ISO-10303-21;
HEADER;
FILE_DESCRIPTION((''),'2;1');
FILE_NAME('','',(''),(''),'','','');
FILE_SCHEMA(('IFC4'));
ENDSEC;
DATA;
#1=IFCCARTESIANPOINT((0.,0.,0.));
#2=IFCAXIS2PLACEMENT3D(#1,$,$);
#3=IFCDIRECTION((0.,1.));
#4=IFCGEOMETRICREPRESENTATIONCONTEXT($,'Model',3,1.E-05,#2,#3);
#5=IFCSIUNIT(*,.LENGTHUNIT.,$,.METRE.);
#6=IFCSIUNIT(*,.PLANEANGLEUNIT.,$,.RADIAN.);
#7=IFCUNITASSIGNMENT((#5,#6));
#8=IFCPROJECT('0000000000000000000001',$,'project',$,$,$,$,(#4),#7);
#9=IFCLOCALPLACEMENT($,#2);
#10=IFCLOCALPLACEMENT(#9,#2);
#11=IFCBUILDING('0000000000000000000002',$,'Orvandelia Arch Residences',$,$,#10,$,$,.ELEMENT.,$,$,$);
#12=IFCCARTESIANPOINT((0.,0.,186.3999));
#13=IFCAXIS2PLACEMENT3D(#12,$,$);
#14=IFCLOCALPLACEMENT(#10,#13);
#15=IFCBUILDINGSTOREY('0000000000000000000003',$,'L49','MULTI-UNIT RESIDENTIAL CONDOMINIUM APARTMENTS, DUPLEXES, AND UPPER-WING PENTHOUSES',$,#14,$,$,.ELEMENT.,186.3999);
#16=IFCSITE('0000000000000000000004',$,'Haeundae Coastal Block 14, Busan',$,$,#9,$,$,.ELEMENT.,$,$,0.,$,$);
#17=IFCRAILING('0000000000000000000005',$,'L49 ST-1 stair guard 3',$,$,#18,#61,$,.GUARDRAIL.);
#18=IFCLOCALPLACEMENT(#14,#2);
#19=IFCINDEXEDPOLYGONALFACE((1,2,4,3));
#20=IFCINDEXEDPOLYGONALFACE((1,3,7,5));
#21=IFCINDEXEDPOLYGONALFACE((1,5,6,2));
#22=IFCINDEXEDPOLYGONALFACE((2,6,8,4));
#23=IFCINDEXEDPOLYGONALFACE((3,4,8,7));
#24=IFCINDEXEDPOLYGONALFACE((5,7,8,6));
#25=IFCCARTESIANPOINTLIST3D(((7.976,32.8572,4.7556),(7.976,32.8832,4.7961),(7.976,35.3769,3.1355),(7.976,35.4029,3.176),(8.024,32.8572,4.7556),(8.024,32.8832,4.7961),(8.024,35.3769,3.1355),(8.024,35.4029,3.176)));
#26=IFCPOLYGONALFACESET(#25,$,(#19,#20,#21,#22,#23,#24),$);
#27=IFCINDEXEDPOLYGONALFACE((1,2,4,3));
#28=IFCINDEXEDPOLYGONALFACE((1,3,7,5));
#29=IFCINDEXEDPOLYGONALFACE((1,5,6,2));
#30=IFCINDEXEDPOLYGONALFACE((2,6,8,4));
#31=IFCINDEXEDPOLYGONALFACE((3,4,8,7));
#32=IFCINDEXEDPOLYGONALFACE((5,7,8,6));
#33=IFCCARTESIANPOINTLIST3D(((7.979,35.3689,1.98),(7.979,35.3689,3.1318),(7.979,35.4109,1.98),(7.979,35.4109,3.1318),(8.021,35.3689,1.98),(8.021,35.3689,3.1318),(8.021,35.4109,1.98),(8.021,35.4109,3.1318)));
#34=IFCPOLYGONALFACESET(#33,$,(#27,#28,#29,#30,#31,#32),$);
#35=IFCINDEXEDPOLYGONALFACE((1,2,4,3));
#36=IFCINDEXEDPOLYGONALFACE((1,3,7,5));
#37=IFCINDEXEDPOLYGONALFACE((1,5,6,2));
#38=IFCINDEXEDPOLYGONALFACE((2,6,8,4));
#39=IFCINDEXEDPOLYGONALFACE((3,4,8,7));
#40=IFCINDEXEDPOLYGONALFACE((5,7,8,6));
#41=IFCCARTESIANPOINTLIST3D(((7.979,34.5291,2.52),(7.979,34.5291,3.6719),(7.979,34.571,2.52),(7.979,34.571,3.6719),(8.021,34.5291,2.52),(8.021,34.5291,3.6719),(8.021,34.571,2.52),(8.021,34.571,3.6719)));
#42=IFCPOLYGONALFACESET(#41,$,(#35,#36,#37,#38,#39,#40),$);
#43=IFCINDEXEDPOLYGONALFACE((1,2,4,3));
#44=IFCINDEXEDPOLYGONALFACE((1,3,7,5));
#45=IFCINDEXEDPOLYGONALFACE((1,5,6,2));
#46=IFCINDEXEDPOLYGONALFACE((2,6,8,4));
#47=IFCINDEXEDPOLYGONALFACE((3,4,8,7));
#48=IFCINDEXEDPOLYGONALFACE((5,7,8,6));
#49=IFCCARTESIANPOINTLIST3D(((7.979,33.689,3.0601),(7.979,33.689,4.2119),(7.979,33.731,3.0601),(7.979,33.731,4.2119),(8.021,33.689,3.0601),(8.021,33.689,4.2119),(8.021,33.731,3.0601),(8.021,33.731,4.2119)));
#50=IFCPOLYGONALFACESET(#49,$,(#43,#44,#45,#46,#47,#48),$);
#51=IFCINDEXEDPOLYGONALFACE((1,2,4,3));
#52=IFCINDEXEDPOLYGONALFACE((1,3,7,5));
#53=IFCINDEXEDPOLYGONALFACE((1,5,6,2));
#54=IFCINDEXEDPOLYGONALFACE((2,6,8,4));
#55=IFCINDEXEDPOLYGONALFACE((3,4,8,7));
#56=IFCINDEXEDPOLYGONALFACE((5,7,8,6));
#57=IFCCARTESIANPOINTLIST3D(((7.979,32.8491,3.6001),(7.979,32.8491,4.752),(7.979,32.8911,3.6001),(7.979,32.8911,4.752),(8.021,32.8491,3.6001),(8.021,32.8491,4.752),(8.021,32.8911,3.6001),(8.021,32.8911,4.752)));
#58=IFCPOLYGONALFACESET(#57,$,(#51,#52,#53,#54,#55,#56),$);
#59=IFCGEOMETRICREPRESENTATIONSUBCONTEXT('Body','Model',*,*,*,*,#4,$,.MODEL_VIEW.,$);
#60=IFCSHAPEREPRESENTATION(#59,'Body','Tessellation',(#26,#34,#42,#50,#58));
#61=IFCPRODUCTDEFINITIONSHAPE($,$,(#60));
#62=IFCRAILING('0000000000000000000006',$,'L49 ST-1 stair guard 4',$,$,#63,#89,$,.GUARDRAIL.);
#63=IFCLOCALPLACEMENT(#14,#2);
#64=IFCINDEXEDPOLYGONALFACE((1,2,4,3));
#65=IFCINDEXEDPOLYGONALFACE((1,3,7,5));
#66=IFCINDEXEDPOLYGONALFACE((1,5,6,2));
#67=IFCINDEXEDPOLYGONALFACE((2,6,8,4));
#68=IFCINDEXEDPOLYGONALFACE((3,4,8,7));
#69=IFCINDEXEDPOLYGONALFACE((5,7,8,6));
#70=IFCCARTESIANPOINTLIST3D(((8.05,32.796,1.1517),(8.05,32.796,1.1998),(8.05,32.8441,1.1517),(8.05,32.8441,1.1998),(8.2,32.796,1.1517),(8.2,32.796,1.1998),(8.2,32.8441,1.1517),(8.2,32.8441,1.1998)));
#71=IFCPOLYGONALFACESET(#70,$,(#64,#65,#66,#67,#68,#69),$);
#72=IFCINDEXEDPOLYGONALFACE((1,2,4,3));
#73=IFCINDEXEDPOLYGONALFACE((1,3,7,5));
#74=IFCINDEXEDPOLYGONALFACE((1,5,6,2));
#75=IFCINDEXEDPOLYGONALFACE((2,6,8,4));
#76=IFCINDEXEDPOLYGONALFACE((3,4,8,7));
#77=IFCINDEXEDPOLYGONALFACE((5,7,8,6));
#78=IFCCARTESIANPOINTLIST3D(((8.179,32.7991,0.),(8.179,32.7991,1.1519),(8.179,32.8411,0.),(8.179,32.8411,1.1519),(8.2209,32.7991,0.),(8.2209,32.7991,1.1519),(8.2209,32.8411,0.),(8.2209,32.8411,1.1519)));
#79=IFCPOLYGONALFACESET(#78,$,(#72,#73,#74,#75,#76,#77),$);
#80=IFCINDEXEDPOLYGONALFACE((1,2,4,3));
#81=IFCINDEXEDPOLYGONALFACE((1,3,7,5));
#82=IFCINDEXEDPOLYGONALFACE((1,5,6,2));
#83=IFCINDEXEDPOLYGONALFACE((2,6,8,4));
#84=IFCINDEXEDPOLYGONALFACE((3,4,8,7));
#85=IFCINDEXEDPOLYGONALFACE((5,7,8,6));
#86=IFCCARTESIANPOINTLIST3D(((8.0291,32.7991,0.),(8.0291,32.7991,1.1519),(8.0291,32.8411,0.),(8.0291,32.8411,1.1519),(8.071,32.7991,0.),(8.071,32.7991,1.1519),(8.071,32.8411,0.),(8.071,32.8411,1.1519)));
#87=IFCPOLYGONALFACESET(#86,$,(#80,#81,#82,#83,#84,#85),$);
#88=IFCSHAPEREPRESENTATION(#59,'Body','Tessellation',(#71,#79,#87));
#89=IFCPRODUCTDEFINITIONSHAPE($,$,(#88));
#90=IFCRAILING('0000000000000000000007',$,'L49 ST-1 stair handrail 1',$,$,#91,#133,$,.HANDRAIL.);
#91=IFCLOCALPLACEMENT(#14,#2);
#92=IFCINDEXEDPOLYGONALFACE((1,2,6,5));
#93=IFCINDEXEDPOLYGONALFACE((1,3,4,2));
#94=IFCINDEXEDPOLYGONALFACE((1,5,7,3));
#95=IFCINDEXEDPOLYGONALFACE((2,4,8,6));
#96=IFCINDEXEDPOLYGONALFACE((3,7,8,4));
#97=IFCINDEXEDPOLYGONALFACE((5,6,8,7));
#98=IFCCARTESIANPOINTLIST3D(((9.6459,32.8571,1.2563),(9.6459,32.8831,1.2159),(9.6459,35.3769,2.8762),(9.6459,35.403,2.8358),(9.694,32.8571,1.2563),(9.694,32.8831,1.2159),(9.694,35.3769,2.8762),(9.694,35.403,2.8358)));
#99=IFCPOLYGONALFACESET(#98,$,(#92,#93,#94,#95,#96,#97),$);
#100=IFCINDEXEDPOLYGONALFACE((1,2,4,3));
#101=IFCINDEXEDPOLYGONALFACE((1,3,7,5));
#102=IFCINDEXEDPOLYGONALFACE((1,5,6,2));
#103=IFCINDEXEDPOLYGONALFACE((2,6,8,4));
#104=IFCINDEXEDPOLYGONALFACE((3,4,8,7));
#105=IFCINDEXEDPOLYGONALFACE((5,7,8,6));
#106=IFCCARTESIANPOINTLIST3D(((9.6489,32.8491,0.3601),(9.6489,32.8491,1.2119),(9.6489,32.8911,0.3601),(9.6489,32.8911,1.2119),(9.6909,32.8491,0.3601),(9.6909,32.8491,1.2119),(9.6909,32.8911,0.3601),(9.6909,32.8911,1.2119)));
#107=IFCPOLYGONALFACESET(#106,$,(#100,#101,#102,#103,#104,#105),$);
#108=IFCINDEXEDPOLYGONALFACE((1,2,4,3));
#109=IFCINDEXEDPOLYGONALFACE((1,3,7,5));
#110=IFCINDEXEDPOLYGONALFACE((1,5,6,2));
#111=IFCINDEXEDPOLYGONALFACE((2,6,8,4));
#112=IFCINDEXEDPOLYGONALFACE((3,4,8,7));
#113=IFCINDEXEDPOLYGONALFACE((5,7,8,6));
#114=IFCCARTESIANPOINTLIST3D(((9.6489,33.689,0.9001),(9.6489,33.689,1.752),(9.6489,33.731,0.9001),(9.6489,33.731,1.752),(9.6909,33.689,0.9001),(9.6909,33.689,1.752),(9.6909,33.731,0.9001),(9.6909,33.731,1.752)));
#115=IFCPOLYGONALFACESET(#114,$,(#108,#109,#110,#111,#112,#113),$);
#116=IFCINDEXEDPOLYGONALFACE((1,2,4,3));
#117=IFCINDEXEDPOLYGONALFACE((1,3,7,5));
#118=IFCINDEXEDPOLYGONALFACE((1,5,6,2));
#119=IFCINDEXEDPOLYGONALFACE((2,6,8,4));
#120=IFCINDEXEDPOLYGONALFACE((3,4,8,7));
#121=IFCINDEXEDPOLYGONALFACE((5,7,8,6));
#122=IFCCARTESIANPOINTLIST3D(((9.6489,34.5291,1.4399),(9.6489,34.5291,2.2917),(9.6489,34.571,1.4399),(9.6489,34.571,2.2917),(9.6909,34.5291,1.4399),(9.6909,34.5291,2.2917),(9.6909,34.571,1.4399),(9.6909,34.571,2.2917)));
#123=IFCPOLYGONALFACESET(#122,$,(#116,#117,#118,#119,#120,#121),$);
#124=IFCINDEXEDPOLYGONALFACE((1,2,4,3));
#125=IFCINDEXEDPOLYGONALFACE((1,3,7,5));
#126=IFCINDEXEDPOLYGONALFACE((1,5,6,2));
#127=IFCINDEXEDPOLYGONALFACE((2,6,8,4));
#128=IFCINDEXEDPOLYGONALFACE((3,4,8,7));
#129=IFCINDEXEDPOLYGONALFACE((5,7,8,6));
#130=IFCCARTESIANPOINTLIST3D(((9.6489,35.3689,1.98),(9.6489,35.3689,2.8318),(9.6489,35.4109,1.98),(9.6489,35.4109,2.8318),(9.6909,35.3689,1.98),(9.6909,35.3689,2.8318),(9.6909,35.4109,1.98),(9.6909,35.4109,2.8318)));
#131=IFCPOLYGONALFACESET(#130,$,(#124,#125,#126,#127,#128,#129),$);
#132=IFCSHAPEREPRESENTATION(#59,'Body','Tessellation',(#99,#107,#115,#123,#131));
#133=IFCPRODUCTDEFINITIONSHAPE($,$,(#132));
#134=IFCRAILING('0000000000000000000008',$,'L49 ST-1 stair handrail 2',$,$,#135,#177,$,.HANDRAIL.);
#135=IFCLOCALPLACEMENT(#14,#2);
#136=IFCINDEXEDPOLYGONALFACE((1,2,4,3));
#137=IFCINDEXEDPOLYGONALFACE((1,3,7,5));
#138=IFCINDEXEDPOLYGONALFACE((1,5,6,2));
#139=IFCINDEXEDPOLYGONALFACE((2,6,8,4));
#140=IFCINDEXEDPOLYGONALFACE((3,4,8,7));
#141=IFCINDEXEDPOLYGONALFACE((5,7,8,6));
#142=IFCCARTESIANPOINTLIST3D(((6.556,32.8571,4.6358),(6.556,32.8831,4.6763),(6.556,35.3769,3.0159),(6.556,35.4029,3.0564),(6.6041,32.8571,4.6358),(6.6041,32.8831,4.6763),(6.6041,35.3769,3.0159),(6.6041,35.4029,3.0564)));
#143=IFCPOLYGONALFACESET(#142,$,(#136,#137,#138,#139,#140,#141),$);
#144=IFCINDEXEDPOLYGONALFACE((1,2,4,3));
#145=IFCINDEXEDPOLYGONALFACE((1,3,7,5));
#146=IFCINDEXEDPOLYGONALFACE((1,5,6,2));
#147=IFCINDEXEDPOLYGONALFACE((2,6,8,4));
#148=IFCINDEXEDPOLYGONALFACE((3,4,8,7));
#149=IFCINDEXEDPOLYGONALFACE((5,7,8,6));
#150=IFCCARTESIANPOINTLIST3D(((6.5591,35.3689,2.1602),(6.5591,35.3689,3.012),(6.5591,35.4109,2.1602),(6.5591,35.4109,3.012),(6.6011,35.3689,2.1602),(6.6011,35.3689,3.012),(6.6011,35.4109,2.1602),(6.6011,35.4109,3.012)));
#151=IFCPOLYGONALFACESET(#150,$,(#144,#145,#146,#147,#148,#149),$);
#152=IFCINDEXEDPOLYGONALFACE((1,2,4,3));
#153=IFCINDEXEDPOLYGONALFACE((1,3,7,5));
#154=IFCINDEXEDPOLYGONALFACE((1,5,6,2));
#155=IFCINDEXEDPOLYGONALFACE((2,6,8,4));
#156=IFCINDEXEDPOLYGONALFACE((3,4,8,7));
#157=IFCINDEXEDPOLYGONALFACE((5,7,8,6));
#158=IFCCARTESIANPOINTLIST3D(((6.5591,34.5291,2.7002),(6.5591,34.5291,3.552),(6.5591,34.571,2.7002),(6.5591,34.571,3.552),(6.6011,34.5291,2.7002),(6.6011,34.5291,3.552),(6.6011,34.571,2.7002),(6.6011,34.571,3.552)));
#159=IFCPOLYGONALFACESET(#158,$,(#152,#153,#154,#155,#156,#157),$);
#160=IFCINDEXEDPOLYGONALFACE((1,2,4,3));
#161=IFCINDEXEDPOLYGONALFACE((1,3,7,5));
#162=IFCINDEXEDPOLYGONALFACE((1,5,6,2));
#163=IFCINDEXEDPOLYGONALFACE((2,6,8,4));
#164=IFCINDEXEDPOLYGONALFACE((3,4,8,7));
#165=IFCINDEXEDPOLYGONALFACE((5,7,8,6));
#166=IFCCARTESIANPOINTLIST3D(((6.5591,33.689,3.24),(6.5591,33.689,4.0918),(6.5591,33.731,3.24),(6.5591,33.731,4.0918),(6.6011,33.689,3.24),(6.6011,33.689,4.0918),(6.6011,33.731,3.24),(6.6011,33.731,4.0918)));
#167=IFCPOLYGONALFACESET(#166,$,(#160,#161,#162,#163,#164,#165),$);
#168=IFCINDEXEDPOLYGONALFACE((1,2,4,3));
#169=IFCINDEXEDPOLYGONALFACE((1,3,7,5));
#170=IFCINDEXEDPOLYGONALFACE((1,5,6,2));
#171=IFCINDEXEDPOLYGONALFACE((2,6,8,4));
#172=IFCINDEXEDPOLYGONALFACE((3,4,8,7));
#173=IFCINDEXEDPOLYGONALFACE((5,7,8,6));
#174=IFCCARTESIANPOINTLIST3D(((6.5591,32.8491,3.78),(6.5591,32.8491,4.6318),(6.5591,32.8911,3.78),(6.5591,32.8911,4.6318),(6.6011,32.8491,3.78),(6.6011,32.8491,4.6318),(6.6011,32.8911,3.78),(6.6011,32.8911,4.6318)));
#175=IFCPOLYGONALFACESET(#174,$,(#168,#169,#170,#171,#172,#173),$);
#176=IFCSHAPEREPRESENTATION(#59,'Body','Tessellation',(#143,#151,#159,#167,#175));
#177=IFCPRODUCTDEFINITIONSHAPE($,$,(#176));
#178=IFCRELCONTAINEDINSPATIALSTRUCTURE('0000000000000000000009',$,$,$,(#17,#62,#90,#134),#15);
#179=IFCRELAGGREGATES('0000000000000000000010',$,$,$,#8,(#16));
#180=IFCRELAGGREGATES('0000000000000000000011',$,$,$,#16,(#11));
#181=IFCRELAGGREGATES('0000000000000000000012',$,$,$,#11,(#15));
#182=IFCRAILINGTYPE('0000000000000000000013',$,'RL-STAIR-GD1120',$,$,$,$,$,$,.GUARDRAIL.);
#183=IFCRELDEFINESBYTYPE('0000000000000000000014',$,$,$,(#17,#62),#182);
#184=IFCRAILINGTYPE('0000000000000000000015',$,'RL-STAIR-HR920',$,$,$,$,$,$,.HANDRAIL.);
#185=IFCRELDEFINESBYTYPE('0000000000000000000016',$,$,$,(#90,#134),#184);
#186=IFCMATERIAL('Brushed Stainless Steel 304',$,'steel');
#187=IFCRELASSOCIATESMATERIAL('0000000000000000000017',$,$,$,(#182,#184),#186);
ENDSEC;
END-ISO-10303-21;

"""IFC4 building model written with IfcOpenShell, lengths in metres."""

from ifc_helpers import new_model, si_unit, direction, frame, origin, origin_2d, place, context, subcontext, project, spatial, rectangle, extrude, material, type_object, element, save


model = new_model("IFC4")

# Units and contexts
model_context = context("Model", 3, precision=1e-05, world=origin(), true_north=direction((0.0, 1.0)))
body_context = subcontext(model_context, "Body", "Model", "MODEL_VIEW")
ifc_project = project(units=[si_unit("LENGTHUNIT", "METRE"), si_unit("PLANEANGLEUNIT", "RADIAN")], contexts=[model_context])

# Site, building, storey
site_placement = place(None, origin())
site = spatial("IfcSite", under=ifc_project, at=site_placement, Name="Haeundae Coastal Block 14, Busan", CompositionType="ELEMENT", RefElevation=0.0)
building_placement = place(site_placement, origin())
building = spatial("IfcBuilding", under=site, at=building_placement, Name="Orvandelia Arch Residences", CompositionType="ELEMENT")
storey_placement = place(building_placement, frame((0.0, 0.0, 186.3999)))
storey = spatial("IfcBuildingStorey", under=building, at=storey_placement, Name="L49", Description="MULTI-UNIT RESIDENTIAL CONDOMINIUM APARTMENTS, DUPLEXES, AND UPPER-WING PENTHOUSES", CompositionType="ELEMENT", Elevation=186.3999)

# Railings
ifc_material_1 = material(Name="Brushed Stainless Steel 304", Category="steel")
railing_type_1 = type_object("IfcRailingType", Name="RL-STAIR-GD1120", PredefinedType="GUARDRAIL", material=ifc_material_1)
railing_1_placement = place(storey_placement, frame((8.0, 35.3899, 1.98)))
element("IfcRailing", 1, at=railing_1_placement, inside=storey, type_object=railing_type_1, Name="L49 ST-1 stair guard 3", PredefinedType="GUARDRAIL", context=body_context, shape_type="SweptSolid", body=[
    extrude(rectangle(XDim=0.0481, YDim=0.0481, at=origin_2d()), frame((0.0, 0.0, 1.1758), z_axis=(0.0, -0.841139, 0.540819), x_axis=(1.0, 0.0, 0.0)), (0.0, 0.0, 1.0), 2.9956),
    extrude(rectangle(XDim=0.042, YDim=0.042, at=origin_2d()), origin(), (0.0, 0.0, 1.0), 1.1519),
    extrude(rectangle(XDim=0.042, YDim=0.042, at=origin_2d()), frame((0.0, -0.8398, 0.54)), (0.0, 0.0, 1.0), 1.1519),
    extrude(rectangle(XDim=0.042, YDim=0.042, at=origin_2d()), frame((0.0, -1.6799, 1.0801)), (0.0, 0.0, 1.0), 1.1519),
    extrude(rectangle(XDim=0.042, YDim=0.042, at=origin_2d()), frame((0.0, -2.5198, 1.6201)), (0.0, 0.0, 1.0), 1.1519),
])
railing_2_placement = place(storey_placement, frame((8.2, 32.8201, 0.0)))
element("IfcRailing", 2, at=railing_2_placement, inside=storey, type_object=railing_type_1, Name="L49 ST-1 stair guard 4", PredefinedType="GUARDRAIL", context=body_context, shape_type="SweptSolid", body=[
    extrude(rectangle(XDim=0.0481, YDim=0.0481, at=origin_2d()), frame((0.0, 0.0, 1.1758), z_axis=(-1.0, 0.0, 0.0), x_axis=(0.0, -1.0, 0.0)), (0.0, 0.0, 1.0), 0.1499),
    extrude(rectangle(XDim=0.042, YDim=0.042, at=origin_2d()), origin(), (0.0, 0.0, 1.0), 1.1519),
    extrude(rectangle(XDim=0.042, YDim=0.042, at=origin_2d()), frame((-0.1499, 0.0, 0.0)), (0.0, 0.0, 1.0), 1.1519),
])
railing_type_2 = type_object("IfcRailingType", Name="RL-STAIR-HR920", PredefinedType="HANDRAIL", material=ifc_material_1)
railing_3_placement = place(storey_placement, frame((9.6699, 32.8701, 0.3601)))
element("IfcRailing", 3, at=railing_3_placement, inside=storey, type_object=railing_type_2, Name="L49 ST-1 stair handrail 1", PredefinedType="HANDRAIL", context=body_context, shape_type="SweptSolid", body=[
    extrude(rectangle(XDim=0.0481, YDim=0.0481, at=origin_2d()), frame((0.0, 0.0, 0.876), z_axis=(0.0, 0.841176, 0.540762), x_axis=(-1.0, 0.0, 0.0)), (0.0, 0.0, 1.0), 2.9956),
    extrude(rectangle(XDim=0.042, YDim=0.042, at=origin_2d()), origin(), (0.0, 0.0, 1.0), 0.8518),
    extrude(rectangle(XDim=0.042, YDim=0.042, at=origin_2d()), frame((0.0, 0.8398, 0.54)), (0.0, 0.0, 1.0), 0.8518),
    extrude(rectangle(XDim=0.042, YDim=0.042, at=origin_2d()), frame((0.0, 1.6799, 1.0798)), (0.0, 0.0, 1.0), 0.8518),
    extrude(rectangle(XDim=0.042, YDim=0.042, at=origin_2d()), frame((0.0, 2.5198, 1.6199)), (0.0, 0.0, 1.0), 0.8518),
])
railing_4_placement = place(storey_placement, frame((6.5801, 35.3899, 2.1602)))
element("IfcRailing", 4, at=railing_4_placement, inside=storey, type_object=railing_type_2, Name="L49 ST-1 stair handrail 2", PredefinedType="HANDRAIL", context=body_context, shape_type="SweptSolid", body=[
    extrude(rectangle(XDim=0.0481, YDim=0.0481, at=origin_2d()), frame((0.0, 0.0, 0.876), z_axis=(0.0, -0.841176, 0.540762), x_axis=(1.0, 0.0, 0.0)), (0.0, 0.0, 1.0), 2.9956),
    extrude(rectangle(XDim=0.042, YDim=0.042, at=origin_2d()), origin(), (0.0, 0.0, 1.0), 0.8518),
    extrude(rectangle(XDim=0.042, YDim=0.042, at=origin_2d()), frame((0.0, -0.8398, 0.54)), (0.0, 0.0, 1.0), 0.8518),
    extrude(rectangle(XDim=0.042, YDim=0.042, at=origin_2d()), frame((0.0, -1.6799, 1.0798)), (0.0, 0.0, 1.0), 0.8518),
    extrude(rectangle(XDim=0.042, YDim=0.042, at=origin_2d()), frame((0.0, -2.5198, 1.6199)), (0.0, 0.0, 1.0), 0.8518),
])

save(model, "model.ifc")
